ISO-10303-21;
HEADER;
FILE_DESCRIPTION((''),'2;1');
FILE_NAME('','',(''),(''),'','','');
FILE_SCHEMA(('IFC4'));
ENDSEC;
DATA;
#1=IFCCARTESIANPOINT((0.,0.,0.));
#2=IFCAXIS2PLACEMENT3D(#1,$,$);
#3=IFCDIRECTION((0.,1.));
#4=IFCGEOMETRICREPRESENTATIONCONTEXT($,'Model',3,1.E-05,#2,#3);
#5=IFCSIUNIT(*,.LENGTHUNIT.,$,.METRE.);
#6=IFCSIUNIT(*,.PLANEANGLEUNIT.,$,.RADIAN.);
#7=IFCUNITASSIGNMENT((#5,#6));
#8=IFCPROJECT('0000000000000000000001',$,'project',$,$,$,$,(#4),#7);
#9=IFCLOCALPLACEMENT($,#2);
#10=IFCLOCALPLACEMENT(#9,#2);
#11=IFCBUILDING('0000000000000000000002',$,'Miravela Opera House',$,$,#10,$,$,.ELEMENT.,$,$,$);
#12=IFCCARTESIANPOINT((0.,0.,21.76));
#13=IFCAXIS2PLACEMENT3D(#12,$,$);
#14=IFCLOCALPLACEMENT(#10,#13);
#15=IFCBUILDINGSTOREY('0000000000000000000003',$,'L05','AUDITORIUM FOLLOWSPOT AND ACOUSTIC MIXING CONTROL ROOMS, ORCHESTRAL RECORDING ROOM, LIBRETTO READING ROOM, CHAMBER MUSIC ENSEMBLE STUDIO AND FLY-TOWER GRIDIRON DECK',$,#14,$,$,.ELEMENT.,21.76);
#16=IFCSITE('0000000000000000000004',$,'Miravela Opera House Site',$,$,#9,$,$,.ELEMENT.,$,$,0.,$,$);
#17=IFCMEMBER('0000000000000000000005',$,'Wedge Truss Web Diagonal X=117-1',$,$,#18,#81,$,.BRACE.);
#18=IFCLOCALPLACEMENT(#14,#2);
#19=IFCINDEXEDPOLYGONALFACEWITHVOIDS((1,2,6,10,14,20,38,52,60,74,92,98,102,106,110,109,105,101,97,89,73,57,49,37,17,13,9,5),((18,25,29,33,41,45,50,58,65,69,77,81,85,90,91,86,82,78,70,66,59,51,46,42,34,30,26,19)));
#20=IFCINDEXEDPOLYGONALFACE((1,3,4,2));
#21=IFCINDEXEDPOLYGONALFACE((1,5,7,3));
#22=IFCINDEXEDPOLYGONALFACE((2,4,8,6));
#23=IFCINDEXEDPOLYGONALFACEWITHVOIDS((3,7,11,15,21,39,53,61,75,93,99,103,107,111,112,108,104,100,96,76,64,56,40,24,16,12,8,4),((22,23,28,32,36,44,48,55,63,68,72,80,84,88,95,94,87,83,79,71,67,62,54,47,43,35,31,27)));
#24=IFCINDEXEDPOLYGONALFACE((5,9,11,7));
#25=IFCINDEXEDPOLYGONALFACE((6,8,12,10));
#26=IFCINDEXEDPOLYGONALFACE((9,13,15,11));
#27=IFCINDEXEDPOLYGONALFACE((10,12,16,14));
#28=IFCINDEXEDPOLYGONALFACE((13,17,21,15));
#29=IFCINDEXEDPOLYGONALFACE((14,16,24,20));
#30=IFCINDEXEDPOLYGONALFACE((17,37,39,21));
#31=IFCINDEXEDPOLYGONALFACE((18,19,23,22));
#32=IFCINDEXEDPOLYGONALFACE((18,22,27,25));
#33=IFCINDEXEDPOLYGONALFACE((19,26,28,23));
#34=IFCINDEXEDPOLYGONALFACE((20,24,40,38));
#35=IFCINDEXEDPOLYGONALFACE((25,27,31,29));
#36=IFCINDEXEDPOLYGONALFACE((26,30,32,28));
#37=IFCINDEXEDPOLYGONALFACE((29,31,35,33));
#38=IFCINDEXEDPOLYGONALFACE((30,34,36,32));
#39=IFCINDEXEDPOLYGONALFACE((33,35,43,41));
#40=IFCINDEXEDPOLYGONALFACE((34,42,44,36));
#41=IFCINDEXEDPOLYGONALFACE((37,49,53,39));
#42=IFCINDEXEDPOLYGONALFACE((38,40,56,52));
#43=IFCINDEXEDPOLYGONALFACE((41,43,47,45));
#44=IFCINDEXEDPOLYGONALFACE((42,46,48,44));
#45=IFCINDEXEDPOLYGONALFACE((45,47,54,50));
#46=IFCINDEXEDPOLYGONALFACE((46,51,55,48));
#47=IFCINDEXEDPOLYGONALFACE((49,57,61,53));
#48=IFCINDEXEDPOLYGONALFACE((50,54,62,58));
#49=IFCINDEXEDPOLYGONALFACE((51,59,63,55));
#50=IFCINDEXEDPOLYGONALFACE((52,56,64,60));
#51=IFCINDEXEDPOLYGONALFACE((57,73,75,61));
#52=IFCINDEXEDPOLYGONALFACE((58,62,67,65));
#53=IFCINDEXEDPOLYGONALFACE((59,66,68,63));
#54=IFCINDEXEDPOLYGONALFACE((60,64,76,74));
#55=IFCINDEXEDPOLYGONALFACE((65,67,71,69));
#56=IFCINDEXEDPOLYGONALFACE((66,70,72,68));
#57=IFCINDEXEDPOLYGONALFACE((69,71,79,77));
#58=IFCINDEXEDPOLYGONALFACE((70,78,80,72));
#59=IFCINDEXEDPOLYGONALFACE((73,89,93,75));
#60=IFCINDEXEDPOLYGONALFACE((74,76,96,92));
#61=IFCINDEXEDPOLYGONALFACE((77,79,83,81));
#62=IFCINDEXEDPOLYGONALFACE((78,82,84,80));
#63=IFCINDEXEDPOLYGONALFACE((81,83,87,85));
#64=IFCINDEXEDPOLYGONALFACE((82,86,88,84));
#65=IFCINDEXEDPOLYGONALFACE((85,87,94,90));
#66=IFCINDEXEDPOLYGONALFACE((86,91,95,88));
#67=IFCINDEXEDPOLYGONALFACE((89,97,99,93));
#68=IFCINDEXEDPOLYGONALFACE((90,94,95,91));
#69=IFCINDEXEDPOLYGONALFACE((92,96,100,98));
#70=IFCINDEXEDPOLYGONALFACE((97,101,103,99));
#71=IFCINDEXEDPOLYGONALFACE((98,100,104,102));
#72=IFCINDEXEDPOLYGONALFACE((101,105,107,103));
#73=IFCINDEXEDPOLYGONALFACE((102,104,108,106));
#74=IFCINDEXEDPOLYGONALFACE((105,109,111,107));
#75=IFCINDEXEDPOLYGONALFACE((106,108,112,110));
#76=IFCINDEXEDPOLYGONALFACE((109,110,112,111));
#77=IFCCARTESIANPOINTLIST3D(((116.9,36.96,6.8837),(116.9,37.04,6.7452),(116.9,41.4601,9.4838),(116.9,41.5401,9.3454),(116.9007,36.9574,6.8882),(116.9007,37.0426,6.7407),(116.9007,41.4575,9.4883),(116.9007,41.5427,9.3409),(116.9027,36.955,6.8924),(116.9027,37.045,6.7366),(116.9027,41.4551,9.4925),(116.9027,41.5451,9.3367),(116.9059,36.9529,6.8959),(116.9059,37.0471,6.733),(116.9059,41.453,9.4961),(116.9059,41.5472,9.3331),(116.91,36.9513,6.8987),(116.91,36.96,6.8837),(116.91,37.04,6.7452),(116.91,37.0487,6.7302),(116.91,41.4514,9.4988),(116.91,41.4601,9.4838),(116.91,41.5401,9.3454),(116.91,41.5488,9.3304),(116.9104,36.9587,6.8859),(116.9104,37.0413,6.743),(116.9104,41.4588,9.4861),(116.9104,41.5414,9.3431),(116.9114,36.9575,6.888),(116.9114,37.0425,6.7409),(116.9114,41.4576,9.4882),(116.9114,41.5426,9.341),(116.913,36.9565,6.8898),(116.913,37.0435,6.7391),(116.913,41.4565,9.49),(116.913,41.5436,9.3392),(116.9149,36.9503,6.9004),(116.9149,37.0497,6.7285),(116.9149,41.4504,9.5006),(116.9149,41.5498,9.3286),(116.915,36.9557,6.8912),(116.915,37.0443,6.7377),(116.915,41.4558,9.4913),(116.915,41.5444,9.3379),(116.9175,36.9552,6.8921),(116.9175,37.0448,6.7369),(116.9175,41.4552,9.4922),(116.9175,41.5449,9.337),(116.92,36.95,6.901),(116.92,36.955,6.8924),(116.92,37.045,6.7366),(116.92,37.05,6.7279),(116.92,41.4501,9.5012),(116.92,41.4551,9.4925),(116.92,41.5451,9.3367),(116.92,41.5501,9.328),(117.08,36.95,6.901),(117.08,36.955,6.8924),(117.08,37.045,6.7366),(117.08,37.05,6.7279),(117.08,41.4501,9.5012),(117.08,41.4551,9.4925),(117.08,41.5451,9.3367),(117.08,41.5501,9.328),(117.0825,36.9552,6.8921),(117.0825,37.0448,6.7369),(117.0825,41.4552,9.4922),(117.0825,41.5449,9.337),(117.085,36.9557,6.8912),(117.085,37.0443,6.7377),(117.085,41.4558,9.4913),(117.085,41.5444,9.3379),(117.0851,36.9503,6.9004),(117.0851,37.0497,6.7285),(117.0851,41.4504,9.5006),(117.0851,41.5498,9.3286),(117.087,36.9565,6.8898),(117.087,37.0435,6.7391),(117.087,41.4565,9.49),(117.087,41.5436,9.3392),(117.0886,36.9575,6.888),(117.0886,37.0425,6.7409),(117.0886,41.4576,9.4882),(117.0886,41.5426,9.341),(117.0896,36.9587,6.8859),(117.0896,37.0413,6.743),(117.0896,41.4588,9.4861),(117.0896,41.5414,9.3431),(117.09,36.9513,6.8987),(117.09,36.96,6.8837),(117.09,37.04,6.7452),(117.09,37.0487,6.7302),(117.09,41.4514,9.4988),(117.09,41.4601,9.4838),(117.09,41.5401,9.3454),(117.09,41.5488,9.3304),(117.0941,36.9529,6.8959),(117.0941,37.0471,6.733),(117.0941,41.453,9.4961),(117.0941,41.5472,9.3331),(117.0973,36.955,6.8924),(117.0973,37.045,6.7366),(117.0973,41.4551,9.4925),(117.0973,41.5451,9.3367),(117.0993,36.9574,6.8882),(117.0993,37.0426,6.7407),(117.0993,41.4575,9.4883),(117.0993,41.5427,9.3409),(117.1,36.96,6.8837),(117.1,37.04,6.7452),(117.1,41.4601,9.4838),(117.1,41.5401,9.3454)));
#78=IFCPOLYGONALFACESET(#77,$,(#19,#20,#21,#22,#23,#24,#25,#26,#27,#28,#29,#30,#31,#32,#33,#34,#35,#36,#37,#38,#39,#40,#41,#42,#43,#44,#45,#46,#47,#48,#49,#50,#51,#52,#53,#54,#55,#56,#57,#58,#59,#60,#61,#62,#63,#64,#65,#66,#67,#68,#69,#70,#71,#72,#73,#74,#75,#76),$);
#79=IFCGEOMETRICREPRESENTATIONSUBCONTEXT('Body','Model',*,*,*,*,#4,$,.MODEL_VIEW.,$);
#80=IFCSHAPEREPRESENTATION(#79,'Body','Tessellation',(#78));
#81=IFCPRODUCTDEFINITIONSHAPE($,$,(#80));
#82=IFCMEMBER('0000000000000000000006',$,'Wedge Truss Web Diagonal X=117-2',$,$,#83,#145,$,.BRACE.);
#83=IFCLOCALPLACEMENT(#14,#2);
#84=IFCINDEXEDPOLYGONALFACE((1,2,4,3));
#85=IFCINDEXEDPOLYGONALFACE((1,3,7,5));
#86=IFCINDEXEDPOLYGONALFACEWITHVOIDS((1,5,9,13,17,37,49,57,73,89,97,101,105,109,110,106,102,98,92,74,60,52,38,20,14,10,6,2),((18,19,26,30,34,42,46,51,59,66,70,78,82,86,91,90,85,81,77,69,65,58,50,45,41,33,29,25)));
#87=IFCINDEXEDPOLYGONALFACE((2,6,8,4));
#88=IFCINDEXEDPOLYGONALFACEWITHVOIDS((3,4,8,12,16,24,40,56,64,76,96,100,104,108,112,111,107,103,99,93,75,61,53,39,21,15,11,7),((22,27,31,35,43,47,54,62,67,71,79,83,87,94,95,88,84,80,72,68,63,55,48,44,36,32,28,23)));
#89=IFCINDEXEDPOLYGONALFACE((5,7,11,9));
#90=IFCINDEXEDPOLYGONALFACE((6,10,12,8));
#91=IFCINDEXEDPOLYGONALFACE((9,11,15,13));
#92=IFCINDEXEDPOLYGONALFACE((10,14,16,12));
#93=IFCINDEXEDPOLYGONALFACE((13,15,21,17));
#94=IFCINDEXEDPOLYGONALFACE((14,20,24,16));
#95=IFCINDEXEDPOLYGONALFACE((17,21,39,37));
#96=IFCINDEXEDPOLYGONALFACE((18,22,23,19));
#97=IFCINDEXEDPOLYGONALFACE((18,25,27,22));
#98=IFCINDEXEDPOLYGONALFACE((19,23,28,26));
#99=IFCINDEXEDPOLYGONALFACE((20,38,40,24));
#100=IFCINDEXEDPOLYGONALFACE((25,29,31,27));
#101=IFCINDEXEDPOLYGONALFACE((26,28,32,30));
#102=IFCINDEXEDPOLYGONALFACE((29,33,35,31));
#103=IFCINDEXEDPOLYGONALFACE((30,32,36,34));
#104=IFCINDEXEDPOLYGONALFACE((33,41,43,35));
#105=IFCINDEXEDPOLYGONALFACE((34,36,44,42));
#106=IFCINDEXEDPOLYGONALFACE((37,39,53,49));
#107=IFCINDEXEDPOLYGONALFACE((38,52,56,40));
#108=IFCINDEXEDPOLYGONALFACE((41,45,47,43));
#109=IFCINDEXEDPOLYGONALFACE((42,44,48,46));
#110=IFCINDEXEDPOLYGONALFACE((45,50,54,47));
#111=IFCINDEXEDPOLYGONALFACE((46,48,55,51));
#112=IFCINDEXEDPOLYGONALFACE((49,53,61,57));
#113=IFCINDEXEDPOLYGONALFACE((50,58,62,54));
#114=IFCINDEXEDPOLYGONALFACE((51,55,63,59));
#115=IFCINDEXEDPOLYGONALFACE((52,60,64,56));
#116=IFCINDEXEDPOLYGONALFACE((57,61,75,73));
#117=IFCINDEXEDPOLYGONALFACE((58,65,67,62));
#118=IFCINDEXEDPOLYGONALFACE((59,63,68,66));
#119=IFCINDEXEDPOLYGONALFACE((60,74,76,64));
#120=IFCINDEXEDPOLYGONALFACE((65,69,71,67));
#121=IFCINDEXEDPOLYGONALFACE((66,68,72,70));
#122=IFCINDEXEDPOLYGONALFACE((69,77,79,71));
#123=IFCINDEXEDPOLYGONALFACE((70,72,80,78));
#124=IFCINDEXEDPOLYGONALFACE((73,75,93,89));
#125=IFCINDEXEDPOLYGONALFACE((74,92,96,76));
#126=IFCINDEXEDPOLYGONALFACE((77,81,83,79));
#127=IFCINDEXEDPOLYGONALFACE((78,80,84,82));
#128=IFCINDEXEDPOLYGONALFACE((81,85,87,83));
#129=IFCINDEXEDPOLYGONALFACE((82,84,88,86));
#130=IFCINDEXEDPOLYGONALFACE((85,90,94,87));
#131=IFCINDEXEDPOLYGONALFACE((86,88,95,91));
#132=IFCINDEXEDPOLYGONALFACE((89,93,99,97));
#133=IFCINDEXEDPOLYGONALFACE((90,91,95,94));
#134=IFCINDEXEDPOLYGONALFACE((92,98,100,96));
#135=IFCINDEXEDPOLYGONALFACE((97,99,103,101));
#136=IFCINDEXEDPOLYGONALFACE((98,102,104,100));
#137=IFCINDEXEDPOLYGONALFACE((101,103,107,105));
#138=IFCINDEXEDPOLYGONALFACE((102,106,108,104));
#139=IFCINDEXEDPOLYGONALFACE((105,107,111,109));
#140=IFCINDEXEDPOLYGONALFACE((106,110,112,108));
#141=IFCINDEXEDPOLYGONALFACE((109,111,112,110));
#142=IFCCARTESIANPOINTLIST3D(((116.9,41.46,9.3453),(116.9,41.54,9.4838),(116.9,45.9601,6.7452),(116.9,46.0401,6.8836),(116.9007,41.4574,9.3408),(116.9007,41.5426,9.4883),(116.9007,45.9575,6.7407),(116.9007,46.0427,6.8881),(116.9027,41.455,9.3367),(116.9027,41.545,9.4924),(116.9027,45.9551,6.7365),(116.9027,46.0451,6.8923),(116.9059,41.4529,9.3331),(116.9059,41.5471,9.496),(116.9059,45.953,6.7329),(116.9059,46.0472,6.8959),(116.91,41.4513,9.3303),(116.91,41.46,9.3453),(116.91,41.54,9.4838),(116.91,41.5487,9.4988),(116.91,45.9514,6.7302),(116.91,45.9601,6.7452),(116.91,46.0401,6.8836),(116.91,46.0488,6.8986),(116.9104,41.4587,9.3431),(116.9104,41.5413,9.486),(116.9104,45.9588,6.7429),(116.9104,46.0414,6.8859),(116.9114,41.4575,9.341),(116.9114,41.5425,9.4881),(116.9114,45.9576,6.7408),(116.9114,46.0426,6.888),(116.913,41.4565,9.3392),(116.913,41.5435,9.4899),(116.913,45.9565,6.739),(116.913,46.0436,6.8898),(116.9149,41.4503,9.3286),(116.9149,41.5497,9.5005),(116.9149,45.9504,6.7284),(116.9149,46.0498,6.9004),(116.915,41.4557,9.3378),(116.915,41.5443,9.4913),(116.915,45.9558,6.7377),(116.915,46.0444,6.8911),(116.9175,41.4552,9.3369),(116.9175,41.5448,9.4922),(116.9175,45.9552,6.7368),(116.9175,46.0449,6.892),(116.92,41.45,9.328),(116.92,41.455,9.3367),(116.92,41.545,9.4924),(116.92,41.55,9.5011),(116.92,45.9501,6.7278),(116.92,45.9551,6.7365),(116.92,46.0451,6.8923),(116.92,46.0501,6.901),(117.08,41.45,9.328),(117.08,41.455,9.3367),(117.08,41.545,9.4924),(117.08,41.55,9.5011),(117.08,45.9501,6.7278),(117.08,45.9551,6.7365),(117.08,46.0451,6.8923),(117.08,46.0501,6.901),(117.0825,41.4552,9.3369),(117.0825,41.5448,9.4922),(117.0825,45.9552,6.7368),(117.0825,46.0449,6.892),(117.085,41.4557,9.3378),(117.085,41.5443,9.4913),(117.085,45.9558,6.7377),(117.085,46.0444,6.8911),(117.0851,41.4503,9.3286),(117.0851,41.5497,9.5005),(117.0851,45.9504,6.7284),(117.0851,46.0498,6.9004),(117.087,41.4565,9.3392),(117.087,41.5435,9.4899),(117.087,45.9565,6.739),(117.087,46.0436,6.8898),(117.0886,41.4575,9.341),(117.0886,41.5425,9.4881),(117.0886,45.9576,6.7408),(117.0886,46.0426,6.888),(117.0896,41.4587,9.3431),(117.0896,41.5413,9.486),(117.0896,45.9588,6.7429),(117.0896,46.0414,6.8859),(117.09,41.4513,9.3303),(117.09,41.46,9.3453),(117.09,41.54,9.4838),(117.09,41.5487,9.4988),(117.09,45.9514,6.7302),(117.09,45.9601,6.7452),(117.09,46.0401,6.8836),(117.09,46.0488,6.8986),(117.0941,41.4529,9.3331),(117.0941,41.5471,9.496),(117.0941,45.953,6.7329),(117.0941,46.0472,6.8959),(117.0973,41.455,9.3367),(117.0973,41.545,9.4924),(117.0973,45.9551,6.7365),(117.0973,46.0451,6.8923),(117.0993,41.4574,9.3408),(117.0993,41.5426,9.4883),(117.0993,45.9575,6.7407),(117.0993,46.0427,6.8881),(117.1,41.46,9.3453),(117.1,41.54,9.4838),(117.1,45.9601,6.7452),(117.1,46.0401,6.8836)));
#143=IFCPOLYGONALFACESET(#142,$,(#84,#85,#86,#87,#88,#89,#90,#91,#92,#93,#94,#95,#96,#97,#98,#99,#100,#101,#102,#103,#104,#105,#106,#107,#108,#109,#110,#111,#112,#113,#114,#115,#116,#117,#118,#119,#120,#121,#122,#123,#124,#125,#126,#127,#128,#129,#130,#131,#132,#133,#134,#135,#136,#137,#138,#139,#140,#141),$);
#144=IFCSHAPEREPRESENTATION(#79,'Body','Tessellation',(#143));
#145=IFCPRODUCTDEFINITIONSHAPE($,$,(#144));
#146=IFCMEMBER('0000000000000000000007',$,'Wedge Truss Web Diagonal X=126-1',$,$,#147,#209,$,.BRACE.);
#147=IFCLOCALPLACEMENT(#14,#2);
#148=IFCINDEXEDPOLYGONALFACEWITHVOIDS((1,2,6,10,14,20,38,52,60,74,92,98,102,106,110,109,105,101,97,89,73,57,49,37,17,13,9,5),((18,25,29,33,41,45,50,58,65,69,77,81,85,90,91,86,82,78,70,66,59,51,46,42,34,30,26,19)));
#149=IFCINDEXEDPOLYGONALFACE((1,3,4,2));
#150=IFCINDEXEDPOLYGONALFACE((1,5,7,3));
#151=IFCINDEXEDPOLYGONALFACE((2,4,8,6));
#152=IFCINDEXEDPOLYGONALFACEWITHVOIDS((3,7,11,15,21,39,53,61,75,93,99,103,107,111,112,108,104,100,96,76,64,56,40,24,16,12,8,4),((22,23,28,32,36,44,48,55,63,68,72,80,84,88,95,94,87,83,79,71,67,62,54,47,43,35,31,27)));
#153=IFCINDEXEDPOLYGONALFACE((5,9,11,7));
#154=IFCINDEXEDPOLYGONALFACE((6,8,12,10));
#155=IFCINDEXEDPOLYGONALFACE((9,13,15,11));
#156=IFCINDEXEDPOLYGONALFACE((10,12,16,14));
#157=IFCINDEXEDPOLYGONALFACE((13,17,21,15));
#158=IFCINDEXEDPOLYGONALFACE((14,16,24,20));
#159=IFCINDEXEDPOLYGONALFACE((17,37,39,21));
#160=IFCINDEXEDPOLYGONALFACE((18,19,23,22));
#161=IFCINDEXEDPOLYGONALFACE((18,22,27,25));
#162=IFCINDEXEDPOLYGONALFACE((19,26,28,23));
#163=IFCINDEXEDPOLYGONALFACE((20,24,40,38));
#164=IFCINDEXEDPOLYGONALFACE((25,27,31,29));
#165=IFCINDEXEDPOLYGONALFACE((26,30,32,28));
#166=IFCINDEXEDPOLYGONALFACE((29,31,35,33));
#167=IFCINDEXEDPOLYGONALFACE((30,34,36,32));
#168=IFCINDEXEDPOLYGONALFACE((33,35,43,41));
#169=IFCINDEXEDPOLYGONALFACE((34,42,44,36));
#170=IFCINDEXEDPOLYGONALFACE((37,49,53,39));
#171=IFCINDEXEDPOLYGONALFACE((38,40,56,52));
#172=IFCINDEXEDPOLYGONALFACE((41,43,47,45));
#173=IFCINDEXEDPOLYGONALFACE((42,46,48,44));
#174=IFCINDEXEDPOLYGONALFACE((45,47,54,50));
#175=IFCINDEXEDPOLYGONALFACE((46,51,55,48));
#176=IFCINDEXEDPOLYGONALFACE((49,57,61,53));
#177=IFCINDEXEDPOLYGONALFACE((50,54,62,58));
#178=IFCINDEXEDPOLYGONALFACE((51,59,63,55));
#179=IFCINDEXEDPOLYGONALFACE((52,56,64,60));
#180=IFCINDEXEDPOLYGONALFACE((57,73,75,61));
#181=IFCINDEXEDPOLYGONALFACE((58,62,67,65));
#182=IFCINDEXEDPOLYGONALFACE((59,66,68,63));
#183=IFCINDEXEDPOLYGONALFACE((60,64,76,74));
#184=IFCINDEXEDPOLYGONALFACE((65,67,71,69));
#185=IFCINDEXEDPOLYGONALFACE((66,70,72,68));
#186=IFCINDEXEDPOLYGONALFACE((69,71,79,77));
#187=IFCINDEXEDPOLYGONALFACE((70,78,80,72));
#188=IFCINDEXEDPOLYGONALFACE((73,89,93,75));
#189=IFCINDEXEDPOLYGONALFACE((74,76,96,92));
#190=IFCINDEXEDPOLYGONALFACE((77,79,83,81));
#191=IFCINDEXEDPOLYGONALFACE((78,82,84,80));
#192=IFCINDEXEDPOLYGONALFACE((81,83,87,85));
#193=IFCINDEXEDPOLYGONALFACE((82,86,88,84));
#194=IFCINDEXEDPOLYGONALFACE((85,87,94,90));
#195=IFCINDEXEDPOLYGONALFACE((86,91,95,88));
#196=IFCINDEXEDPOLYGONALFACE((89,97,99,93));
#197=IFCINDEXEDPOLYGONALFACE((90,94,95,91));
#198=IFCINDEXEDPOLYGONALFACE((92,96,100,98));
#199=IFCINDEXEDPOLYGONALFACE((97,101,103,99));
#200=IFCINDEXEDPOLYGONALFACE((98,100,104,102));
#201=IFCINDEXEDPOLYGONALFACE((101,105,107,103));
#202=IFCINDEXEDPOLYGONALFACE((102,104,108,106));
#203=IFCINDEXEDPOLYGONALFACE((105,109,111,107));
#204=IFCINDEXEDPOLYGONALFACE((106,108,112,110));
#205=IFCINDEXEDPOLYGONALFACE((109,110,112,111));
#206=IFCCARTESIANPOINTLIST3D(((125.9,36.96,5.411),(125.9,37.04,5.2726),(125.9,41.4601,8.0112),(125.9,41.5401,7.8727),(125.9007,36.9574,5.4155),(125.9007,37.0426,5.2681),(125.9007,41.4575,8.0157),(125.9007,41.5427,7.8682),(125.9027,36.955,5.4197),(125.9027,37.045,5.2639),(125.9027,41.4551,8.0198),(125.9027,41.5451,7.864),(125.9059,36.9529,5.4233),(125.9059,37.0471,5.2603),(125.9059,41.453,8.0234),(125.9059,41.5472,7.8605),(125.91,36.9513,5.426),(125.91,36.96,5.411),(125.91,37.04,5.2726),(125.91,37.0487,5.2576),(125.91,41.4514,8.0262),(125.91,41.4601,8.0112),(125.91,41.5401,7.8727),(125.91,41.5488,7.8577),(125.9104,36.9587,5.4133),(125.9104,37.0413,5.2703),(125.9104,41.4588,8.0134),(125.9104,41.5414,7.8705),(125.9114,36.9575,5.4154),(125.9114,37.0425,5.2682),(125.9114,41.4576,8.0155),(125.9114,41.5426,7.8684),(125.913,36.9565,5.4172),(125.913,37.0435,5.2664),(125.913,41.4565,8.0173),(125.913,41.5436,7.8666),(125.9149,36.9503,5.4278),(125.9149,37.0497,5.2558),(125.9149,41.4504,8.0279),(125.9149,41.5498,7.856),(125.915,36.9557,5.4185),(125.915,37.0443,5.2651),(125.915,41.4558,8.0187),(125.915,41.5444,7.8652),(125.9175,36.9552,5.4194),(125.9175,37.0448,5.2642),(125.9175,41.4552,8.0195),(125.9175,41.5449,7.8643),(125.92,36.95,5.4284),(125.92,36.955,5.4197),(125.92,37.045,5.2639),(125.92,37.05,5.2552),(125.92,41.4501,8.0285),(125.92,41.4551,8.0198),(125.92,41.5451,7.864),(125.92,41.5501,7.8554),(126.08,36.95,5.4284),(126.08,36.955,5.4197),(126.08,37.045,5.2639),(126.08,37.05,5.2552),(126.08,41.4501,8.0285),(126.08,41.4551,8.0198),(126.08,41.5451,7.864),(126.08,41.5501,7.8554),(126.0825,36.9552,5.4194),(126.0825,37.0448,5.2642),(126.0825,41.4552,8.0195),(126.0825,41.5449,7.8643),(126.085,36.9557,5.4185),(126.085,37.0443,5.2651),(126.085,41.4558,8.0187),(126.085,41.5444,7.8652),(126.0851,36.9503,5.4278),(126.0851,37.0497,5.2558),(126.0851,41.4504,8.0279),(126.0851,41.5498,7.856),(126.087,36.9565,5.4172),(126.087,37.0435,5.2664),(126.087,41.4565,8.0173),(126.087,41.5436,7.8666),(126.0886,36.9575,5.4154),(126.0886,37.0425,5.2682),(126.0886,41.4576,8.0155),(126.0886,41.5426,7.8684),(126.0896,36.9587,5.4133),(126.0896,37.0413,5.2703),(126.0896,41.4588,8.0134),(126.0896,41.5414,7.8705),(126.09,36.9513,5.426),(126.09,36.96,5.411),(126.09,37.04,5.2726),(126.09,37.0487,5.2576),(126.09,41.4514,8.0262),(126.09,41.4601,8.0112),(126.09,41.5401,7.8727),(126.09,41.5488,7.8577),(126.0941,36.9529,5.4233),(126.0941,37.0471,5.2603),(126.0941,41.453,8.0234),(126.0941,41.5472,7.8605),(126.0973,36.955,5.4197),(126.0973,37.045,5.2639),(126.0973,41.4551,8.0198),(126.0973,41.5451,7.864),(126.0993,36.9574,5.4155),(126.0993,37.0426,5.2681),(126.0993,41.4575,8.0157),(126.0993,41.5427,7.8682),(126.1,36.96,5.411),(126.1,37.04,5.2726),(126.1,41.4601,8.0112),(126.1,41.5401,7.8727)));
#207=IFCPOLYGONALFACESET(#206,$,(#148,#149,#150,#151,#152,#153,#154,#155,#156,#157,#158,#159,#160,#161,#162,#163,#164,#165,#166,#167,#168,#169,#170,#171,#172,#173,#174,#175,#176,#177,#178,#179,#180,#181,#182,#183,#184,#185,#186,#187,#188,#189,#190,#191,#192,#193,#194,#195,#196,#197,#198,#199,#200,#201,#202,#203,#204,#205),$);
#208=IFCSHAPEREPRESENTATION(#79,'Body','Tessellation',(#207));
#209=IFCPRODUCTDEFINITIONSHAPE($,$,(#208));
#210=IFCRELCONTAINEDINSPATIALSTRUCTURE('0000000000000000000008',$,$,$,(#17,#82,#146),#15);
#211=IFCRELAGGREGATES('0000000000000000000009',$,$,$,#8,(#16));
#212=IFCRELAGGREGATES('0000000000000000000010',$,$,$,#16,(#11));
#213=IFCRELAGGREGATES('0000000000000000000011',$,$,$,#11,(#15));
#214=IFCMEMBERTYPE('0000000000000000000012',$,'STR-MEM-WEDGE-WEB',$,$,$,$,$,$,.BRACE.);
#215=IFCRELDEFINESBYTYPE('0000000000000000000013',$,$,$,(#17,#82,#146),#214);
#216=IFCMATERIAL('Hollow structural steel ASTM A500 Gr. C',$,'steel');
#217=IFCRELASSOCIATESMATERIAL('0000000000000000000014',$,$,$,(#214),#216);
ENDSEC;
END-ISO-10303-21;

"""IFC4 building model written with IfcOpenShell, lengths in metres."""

from ifc_helpers import new_model, si_unit, direction, frame, origin, origin_2d, place, context, subcontext, project, spatial, hollow_rectangle, extrude, material, material_profile, profile_set, type_object, element, save


model = new_model("IFC4")

# Units and contexts
model_context = context("Model", 3, precision=1e-05, world=origin(), true_north=direction((0.0, 1.0)))
body_context = subcontext(model_context, "Body", "Model", "MODEL_VIEW")
ifc_project = project(units=[si_unit("LENGTHUNIT", "METRE"), si_unit("PLANEANGLEUNIT", "RADIAN")], contexts=[model_context])

# Site, building, storey
site_placement = place(None, origin())
site = spatial("IfcSite", under=ifc_project, at=site_placement, Name="Miravela Opera House Site", CompositionType="ELEMENT", RefElevation=0.0)
building_placement = place(site_placement, origin())
building = spatial("IfcBuilding", under=site, at=building_placement, Name="Miravela Opera House", CompositionType="ELEMENT")
storey_placement = place(building_placement, frame((0.0, 0.0, 21.76)))
storey = spatial("IfcBuildingStorey", under=building, at=storey_placement, Name="L05", Description="AUDITORIUM FOLLOWSPOT AND ACOUSTIC MIXING CONTROL ROOMS, ORCHESTRAL RECORDING ROOM, LIBRETTO READING ROOM, CHAMBER MUSIC ENSEMBLE STUDIO AND FLY-TOWER GRIDIRON DECK", CompositionType="ELEMENT", Elevation=21.76)

# Members
ifc_material_1 = material(Name="Hollow structural steel ASTM A500 Gr. C", Category="steel")
ifc_material_profile_1 = material_profile(ifc_material_1, hollow_rectangle(XDim=0.2, YDim=0.2, WallThickness=0.01, InnerFilletRadius=0.01, OuterFilletRadius=0.02, at=origin_2d()), Name="HSS200X200X10")
ifc_profile_set_1 = profile_set([ifc_material_profile_1])
member_type_1 = type_object("IfcMemberType", Name="STR-MEM-WEDGE-WEB", PredefinedType="BRACE", material=ifc_profile_set_1)
for number, where, z_axis, x_axis, name in (
    (1, (117.0, 37.0, 6.8145), (0.0, 0.865857, 0.500292), (-1.0, 0.0, 0.0), "Wedge Truss Web Diagonal X=117-1"),
    (2, (117.0, 41.5, 9.4146), (0.0, 0.865857, -0.500292), (-1.0, 0.0, 0.0), "Wedge Truss Web Diagonal X=117-2"),
    (3, (126.0, 37.0, 5.3418), (0.0, 0.865857, 0.500292), (-1.0, 0.0, 0.0), "Wedge Truss Web Diagonal X=126-1"),
):
    element("IfcMember", number, at=place(storey_placement, frame(where, z_axis=z_axis, x_axis=x_axis)), inside=storey, type_object=member_type_1, Name=name, PredefinedType="BRACE", context=body_context, shape_type="SweptSolid", body=[
        extrude(hollow_rectangle(XDim=0.2, YDim=0.2, WallThickness=0.01, InnerFilletRadius=0.01, OuterFilletRadius=0.02, at=origin_2d()), origin(), (0.0, 0.0, 1.0), 5.1973),
    ])

save(model, "model.ifc")
